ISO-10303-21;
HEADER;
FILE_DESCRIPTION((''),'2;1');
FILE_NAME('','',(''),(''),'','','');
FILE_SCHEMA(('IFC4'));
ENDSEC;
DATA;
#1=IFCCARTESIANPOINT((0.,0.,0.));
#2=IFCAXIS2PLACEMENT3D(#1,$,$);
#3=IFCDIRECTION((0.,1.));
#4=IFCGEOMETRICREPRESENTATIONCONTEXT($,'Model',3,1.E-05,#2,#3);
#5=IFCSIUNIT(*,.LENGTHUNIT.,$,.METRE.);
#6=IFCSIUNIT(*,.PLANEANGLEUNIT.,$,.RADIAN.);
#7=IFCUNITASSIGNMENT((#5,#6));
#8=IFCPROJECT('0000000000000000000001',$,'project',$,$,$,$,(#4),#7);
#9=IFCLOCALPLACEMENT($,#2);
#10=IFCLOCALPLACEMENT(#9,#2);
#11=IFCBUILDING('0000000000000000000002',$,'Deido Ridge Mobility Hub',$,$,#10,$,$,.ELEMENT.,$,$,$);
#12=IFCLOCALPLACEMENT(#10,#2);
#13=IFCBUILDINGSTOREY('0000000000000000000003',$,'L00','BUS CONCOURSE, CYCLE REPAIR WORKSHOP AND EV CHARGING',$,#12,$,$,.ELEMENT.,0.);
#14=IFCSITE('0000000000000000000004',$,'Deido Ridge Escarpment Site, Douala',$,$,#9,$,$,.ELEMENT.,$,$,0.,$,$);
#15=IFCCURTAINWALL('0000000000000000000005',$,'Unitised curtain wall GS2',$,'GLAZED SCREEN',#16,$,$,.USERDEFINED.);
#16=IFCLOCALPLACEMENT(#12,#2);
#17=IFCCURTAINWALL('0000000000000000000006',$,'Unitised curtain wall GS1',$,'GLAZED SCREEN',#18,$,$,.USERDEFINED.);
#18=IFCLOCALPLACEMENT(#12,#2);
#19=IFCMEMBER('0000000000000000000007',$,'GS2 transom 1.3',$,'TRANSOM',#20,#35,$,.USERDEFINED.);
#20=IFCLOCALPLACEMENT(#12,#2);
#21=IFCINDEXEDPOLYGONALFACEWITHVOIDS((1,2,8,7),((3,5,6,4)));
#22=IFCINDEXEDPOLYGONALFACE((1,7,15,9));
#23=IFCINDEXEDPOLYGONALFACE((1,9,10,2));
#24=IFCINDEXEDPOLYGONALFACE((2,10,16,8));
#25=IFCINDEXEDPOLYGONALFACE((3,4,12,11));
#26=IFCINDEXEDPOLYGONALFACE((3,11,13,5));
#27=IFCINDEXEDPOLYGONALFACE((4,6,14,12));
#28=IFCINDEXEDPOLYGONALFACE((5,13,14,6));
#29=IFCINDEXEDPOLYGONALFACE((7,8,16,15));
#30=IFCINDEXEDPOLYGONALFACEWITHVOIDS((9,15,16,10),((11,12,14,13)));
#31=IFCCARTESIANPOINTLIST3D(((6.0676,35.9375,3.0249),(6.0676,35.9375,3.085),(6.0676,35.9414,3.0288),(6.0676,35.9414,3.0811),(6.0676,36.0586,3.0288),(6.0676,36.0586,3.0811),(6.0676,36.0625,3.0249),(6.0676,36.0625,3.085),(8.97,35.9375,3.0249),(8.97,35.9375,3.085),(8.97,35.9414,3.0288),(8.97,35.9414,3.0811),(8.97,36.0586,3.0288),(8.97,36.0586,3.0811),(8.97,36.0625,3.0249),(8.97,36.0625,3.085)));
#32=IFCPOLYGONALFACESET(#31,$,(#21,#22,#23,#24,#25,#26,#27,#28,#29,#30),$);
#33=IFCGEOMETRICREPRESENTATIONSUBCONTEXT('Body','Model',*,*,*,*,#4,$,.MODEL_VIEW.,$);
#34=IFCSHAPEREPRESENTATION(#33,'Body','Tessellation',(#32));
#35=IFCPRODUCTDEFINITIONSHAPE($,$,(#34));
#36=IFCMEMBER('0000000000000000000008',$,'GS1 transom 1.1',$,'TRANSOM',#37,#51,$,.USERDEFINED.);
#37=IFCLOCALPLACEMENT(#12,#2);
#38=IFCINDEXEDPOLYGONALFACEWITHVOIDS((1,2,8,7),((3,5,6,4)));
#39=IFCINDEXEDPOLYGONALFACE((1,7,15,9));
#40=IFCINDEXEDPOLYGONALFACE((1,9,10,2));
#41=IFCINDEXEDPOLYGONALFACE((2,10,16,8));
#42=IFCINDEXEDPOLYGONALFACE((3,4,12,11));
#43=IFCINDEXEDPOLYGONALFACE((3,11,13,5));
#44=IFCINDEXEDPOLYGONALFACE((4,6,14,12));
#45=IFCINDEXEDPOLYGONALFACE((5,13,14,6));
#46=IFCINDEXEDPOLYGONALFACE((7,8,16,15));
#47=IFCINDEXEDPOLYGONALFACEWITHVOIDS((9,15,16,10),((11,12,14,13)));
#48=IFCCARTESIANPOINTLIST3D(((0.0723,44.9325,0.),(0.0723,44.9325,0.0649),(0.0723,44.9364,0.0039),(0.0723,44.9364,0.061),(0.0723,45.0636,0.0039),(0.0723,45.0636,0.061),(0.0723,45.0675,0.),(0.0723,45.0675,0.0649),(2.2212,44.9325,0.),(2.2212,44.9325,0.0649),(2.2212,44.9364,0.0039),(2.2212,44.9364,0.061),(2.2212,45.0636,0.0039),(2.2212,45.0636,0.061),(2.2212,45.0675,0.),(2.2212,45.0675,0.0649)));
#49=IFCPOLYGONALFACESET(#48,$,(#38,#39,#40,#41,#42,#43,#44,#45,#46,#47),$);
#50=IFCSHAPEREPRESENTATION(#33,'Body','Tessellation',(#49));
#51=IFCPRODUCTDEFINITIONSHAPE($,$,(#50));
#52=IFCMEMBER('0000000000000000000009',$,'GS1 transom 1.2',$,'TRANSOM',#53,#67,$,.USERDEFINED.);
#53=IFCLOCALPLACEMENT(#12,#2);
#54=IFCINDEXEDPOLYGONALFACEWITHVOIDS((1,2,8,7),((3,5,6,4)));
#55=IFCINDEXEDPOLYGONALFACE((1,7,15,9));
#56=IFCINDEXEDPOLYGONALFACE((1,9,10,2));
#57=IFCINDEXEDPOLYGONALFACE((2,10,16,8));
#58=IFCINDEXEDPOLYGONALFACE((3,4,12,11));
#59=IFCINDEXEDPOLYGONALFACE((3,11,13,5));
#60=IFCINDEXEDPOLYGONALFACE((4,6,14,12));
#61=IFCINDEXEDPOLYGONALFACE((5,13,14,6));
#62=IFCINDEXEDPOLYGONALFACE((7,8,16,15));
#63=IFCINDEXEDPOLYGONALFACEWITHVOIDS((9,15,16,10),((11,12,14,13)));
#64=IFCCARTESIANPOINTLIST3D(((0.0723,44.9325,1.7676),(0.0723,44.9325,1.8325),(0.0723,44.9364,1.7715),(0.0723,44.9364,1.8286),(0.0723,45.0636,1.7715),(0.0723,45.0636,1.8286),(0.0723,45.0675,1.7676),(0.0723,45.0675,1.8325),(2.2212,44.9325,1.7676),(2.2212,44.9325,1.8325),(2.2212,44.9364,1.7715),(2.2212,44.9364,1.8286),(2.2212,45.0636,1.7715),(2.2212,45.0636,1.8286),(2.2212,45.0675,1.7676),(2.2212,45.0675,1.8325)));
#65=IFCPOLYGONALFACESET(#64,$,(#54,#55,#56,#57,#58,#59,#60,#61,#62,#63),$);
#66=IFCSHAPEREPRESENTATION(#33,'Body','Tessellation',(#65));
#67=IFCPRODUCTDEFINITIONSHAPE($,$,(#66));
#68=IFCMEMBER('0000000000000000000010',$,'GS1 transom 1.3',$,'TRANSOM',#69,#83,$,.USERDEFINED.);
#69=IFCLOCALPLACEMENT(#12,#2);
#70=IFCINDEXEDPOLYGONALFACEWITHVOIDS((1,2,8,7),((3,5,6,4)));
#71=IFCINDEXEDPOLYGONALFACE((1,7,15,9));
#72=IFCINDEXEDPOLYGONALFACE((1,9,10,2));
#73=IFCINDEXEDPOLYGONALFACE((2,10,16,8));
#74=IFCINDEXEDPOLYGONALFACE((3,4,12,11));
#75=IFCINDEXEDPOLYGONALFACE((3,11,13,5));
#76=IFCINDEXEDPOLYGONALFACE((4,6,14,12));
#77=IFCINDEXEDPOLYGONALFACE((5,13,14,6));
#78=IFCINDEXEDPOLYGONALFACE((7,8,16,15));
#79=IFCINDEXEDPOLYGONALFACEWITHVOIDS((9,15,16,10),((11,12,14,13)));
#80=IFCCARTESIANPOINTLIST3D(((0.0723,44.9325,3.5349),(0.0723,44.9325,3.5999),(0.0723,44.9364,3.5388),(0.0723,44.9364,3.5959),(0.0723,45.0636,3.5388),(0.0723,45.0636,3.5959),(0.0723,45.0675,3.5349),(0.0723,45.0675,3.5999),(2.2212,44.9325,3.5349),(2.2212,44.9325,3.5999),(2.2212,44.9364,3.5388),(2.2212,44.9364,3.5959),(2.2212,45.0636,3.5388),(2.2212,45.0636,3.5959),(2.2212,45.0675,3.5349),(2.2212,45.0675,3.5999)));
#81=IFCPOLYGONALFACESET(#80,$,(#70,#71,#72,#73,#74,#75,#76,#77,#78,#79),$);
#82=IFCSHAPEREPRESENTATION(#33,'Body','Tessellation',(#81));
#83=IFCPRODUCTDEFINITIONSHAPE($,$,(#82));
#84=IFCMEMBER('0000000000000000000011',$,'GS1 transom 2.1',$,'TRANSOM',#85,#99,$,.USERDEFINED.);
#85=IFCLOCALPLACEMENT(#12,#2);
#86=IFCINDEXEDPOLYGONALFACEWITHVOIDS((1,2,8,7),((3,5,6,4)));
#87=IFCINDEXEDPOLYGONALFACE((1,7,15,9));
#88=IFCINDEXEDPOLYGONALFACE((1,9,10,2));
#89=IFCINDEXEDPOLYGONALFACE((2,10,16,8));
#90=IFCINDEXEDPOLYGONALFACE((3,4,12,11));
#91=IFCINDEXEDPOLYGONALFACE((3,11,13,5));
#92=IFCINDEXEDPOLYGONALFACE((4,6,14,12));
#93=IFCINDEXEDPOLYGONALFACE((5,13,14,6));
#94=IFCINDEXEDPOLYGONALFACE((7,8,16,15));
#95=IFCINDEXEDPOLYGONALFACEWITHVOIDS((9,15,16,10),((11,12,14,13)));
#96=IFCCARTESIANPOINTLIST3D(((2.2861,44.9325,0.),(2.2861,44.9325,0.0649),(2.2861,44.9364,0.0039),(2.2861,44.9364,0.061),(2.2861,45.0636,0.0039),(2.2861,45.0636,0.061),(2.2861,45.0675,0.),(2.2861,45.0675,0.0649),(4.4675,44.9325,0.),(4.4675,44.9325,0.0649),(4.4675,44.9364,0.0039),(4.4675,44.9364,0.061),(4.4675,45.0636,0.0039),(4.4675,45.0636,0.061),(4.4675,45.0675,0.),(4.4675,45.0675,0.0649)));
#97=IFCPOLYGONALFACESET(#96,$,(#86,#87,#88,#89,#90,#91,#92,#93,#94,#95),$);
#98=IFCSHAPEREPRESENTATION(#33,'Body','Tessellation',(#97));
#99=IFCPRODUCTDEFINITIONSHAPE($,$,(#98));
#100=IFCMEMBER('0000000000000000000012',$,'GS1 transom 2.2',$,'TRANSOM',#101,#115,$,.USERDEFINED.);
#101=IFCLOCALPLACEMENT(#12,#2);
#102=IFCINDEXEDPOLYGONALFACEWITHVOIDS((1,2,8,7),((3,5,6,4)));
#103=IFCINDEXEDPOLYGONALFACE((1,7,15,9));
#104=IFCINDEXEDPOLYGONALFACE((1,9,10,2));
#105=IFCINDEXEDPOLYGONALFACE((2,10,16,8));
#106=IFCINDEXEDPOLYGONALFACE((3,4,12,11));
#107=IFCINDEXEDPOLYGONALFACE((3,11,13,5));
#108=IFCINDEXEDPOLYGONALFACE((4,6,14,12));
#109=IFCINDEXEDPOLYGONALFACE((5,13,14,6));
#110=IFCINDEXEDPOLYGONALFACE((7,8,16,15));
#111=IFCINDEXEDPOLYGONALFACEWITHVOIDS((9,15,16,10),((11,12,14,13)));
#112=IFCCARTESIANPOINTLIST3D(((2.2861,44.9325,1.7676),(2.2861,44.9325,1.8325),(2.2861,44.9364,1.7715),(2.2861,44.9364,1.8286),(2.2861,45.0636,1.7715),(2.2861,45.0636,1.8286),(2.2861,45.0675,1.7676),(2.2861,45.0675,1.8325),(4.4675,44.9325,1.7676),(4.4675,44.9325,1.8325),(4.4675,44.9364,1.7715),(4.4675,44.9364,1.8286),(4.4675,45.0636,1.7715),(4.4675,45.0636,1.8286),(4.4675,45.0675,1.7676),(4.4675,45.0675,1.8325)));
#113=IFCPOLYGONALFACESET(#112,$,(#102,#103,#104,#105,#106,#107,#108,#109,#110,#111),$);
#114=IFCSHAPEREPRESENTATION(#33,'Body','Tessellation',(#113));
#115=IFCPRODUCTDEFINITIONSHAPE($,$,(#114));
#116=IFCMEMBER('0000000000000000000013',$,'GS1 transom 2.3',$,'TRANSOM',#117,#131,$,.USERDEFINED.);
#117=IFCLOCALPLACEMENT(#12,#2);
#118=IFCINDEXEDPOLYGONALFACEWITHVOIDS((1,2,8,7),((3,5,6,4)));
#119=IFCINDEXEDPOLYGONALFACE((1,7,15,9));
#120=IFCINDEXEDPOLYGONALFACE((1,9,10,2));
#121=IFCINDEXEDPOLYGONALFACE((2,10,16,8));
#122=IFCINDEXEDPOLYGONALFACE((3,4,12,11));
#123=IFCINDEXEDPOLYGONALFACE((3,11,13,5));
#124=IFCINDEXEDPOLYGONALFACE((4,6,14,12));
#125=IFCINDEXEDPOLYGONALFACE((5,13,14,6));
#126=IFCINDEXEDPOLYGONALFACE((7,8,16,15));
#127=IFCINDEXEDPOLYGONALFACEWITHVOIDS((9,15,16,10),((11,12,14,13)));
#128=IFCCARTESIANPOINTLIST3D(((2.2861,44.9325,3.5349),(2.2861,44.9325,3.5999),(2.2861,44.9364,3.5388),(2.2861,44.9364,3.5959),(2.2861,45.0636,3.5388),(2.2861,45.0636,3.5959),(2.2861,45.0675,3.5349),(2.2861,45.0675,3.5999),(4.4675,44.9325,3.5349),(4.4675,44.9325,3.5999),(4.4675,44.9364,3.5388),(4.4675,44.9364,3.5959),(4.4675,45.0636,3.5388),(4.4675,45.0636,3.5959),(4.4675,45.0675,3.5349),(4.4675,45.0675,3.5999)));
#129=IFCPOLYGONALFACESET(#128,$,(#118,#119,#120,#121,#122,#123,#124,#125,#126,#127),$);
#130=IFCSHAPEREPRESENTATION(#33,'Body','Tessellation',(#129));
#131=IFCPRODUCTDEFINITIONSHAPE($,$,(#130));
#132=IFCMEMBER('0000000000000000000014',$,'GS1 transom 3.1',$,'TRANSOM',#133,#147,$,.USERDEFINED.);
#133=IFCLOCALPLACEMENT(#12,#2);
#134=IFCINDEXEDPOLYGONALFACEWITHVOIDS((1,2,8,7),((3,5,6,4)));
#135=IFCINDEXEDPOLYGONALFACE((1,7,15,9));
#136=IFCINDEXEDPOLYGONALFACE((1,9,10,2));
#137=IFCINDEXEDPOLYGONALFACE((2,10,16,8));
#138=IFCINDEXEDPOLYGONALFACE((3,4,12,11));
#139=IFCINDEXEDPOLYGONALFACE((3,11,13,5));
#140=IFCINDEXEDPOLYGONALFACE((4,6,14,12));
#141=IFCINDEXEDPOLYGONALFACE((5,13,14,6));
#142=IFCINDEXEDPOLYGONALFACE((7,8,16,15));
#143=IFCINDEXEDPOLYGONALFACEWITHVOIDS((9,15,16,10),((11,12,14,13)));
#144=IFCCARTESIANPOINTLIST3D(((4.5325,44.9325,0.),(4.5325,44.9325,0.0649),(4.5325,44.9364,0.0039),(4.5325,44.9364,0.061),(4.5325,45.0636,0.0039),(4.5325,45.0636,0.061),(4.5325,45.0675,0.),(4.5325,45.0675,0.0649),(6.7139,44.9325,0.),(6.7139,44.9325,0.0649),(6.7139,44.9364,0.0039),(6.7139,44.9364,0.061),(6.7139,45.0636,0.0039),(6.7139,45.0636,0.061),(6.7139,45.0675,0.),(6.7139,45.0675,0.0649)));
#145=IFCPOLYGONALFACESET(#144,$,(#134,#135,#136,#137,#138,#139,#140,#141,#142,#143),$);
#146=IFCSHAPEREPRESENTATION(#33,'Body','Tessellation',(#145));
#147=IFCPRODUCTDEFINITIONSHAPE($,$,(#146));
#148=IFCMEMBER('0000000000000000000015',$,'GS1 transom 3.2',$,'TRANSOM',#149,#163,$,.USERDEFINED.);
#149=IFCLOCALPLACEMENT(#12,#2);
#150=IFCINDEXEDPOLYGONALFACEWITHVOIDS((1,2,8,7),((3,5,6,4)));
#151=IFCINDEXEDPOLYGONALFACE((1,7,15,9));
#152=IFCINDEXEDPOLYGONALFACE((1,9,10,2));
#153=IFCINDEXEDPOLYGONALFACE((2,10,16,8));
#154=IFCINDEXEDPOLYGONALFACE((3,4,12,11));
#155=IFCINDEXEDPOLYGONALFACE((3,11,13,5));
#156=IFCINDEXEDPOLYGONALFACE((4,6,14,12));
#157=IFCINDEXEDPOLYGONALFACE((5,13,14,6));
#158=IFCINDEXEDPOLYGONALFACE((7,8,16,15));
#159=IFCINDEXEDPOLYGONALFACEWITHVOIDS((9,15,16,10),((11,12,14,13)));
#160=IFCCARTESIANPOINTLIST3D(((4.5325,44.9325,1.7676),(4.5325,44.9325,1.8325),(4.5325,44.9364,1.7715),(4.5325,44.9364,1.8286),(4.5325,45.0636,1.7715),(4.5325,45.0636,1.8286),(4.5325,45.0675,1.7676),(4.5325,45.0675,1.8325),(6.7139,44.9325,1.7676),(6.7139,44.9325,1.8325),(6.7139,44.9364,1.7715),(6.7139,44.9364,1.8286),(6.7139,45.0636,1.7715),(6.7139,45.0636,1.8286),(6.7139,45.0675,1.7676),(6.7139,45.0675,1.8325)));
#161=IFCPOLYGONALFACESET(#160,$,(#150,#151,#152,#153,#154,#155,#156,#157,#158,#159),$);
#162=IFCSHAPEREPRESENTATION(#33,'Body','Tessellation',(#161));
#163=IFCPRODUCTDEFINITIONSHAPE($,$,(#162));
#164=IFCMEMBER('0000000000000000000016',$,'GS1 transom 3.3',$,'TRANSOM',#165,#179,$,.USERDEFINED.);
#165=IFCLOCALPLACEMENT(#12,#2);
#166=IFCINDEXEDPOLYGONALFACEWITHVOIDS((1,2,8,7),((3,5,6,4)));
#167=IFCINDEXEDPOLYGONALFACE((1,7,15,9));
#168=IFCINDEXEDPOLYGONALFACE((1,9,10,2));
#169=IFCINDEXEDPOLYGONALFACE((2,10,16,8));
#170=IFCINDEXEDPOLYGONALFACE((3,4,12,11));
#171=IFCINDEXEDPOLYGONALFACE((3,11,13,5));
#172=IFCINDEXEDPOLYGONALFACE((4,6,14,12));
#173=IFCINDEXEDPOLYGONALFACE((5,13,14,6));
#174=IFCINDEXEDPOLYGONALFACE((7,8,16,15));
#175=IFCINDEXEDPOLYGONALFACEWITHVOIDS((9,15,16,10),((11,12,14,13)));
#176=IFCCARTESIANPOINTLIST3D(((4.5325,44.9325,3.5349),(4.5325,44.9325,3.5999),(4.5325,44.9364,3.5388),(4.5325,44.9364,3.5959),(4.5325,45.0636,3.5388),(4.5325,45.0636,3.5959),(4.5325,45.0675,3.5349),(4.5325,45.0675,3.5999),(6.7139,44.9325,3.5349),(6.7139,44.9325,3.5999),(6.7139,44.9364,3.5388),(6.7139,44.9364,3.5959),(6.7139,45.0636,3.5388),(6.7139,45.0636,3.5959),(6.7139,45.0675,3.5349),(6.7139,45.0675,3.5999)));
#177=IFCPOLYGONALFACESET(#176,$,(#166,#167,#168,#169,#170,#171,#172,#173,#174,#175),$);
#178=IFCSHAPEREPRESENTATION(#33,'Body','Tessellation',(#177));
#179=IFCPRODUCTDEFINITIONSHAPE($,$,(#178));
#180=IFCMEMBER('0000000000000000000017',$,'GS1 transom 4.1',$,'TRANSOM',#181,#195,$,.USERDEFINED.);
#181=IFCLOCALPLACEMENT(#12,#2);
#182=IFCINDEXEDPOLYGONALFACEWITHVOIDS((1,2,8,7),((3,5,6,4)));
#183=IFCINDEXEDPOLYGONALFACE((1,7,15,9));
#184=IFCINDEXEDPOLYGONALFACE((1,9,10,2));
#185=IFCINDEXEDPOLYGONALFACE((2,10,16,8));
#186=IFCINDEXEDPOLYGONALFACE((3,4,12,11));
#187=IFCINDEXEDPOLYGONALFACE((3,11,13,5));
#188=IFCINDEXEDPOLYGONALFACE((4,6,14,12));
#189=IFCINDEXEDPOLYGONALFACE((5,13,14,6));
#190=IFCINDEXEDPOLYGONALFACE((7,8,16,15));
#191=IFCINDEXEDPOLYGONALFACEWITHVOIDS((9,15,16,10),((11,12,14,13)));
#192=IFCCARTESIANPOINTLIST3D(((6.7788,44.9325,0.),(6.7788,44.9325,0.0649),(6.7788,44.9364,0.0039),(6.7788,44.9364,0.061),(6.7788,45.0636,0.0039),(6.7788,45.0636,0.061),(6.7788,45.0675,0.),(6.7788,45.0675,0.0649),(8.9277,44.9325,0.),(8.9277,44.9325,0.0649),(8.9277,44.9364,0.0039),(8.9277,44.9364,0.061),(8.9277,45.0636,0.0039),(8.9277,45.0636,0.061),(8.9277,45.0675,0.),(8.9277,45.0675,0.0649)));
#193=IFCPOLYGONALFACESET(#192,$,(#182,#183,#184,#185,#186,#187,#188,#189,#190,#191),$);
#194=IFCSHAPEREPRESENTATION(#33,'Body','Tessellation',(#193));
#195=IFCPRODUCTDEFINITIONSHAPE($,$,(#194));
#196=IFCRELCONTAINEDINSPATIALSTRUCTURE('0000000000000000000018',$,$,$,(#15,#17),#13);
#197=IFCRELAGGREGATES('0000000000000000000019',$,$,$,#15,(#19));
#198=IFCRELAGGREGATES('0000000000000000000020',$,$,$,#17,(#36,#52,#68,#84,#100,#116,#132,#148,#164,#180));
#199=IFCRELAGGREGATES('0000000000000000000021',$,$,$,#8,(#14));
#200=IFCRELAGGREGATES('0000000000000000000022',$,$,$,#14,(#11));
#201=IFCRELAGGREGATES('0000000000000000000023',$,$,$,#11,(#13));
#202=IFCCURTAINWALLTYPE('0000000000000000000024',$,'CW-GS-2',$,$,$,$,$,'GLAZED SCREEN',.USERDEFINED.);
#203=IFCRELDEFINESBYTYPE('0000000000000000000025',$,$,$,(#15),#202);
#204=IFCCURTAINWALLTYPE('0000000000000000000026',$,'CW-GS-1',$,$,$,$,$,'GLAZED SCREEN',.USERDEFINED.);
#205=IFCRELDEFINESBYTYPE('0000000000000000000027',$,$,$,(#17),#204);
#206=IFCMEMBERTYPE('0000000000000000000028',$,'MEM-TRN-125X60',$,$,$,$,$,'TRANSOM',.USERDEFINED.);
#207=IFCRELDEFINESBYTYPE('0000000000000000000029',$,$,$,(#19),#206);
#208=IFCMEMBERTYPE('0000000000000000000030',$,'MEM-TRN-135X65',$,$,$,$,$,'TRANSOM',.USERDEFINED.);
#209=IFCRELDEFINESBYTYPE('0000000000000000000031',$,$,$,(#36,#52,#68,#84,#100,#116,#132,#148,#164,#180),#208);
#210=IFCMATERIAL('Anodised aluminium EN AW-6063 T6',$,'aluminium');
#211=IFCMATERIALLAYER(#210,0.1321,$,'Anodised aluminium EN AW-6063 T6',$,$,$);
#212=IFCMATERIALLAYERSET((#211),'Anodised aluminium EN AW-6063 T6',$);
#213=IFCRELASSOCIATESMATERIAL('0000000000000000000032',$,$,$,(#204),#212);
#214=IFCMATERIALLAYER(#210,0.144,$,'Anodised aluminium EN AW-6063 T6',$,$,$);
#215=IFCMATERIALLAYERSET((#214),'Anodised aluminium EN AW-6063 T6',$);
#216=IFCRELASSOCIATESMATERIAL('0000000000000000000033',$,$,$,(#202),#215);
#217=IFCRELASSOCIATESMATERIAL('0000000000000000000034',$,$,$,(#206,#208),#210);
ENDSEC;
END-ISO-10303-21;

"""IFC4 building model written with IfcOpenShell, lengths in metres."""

from ifc_helpers import new_model, si_unit, direction, frame, origin, origin_2d, place, context, subcontext, project, spatial, hollow_rectangle, extrude, material, layer, layer_set, material_profile, profile_set, type_object, element, aggregate, save


model = new_model("IFC4")

# Units and contexts
model_context = context("Model", 3, precision=1e-05, world=origin(), true_north=direction((0.0, 1.0)))
body_context = subcontext(model_context, "Body", "Model", "MODEL_VIEW")
ifc_project = project(units=[si_unit("LENGTHUNIT", "METRE"), si_unit("PLANEANGLEUNIT", "RADIAN")], contexts=[model_context])

# Site, building, storey
site_placement = place(None, origin())
site = spatial("IfcSite", under=ifc_project, at=site_placement, Name="Deido Ridge Escarpment Site, Douala", CompositionType="ELEMENT", RefElevation=0.0)
building_placement = place(site_placement, origin())
building = spatial("IfcBuilding", under=site, at=building_placement, Name="Deido Ridge Mobility Hub", CompositionType="ELEMENT")
storey_placement = place(building_placement, origin())
storey = spatial("IfcBuildingStorey", under=building, at=storey_placement, Name="L00", Description="BUS CONCOURSE, CYCLE REPAIR WORKSHOP AND EV CHARGING", CompositionType="ELEMENT", Elevation=0.0)

# Shared definitions
ifc_material_1 = material(Name="Anodised aluminium EN AW-6063 T6", Category="aluminium")
ifc_layer_1 = layer(ifc_material_1, 0.1321, Name="Anodised aluminium EN AW-6063 T6")
ifc_layer_set_1 = layer_set([ifc_layer_1], Name="Anodised aluminium EN AW-6063 T6")
curtain_wall_type_1 = type_object("IfcCurtainWallType", Name="CW-GS-1", ElementType="GLAZED SCREEN", PredefinedType="USERDEFINED", material=ifc_layer_set_1)

# Curtain walls
ifc_layer_2 = layer(ifc_material_1, 0.144, Name="Anodised aluminium EN AW-6063 T6")
ifc_layer_set_2 = layer_set([ifc_layer_2], Name="Anodised aluminium EN AW-6063 T6")
curtain_wall_type_2 = type_object("IfcCurtainWallType", Name="CW-GS-2", ElementType="GLAZED SCREEN", PredefinedType="USERDEFINED", material=ifc_layer_set_2)
curtain_wall_1_placement = place(storey_placement, origin())
curtain_wall_1 = element("IfcCurtainWall", 1, at=curtain_wall_1_placement, inside=storey, type_object=curtain_wall_type_2, Name="Unitised curtain wall GS2", ObjectType="GLAZED SCREEN", PredefinedType="USERDEFINED")
curtain_wall_2_placement = place(storey_placement, origin())
curtain_wall_2 = element("IfcCurtainWall", 2, at=curtain_wall_2_placement, inside=storey, type_object=curtain_wall_type_1, Name="Unitised curtain wall GS1", ObjectType="GLAZED SCREEN", PredefinedType="USERDEFINED")

# Members
ifc_material_profile_1 = material_profile(ifc_material_1, hollow_rectangle(XDim=0.125, YDim=0.0601, WallThickness=0.0039, at=origin_2d()), Name="RHS 125x60x4")
ifc_profile_set_1 = profile_set([ifc_material_profile_1], Name="Anodised aluminium EN AW-6063 T6")
member_type_1 = type_object("IfcMemberType", Name="MEM-TRN-125X60", ElementType="TRANSOM", PredefinedType="USERDEFINED", material=ifc_profile_set_1)
member_1_placement = place(storey_placement, frame((6.0676, 36.0, 3.0549), z_axis=(1.0, 0.0, 0.0), x_axis=(0.0, 1.0, 0.0)))
member_1 = element("IfcMember", 3, at=member_1_placement, type_object=member_type_1, Name="GS2 transom 1.3", ObjectType="TRANSOM", PredefinedType="USERDEFINED", context=body_context, shape_type="SweptSolid", body=[
    extrude(hollow_rectangle(XDim=0.125, YDim=0.0601, WallThickness=0.0039, at=origin_2d()), origin(), (0.0, 0.0, 1.0), 2.9023),
])
ifc_material_profile_2 = material_profile(ifc_material_1, hollow_rectangle(XDim=0.135, YDim=0.0649, WallThickness=0.0039, at=origin_2d()), Name="RHS 135x65x4")
ifc_profile_set_2 = profile_set([ifc_material_profile_2], Name="Anodised aluminium EN AW-6063 T6")
member_type_2 = type_object("IfcMemberType", Name="MEM-TRN-135X65", ElementType="TRANSOM", PredefinedType="USERDEFINED", material=ifc_profile_set_2)
member_2_placement = place(storey_placement, frame((0.0723, 45.0, 0.0325), z_axis=(1.0, 0.0, 0.0), x_axis=(0.0, 1.0, 0.0)))
member_2 = element("IfcMember", 4, at=member_2_placement, type_object=member_type_2, Name="GS1 transom 1.1", ObjectType="TRANSOM", PredefinedType="USERDEFINED", context=body_context, shape_type="SweptSolid", body=[
    extrude(hollow_rectangle(XDim=0.135, YDim=0.0649, WallThickness=0.0039, at=origin_2d()), origin(), (0.0, 0.0, 1.0), 2.1489),
])
member_3_placement = place(storey_placement, frame((0.0723, 45.0, 1.8), z_axis=(1.0, 0.0, 0.0), x_axis=(0.0, 1.0, 0.0)))
member_3 = element("IfcMember", 5, at=member_3_placement, type_object=member_type_2, Name="GS1 transom 1.2", ObjectType="TRANSOM", PredefinedType="USERDEFINED", context=body_context, shape_type="SweptSolid", body=[
    extrude(hollow_rectangle(XDim=0.135, YDim=0.0649, WallThickness=0.0039, at=origin_2d()), origin(), (0.0, 0.0, 1.0), 2.1489),
])
member_4_placement = place(storey_placement, frame((0.0723, 45.0, 3.5674), z_axis=(1.0, 0.0, 0.0), x_axis=(0.0, 1.0, 0.0)))
member_4 = element("IfcMember", 6, at=member_4_placement, type_object=member_type_2, Name="GS1 transom 1.3", ObjectType="TRANSOM", PredefinedType="USERDEFINED", context=body_context, shape_type="SweptSolid", body=[
    extrude(hollow_rectangle(XDim=0.135, YDim=0.0649, WallThickness=0.0039, at=origin_2d()), origin(), (0.0, 0.0, 1.0), 2.1489),
])
member_5_placement = place(storey_placement, frame((2.2861, 45.0, 0.0325), z_axis=(1.0, 0.0, 0.0), x_axis=(0.0, 1.0, 0.0)))
member_5 = element("IfcMember", 7, at=member_5_placement, type_object=member_type_2, Name="GS1 transom 2.1", ObjectType="TRANSOM", PredefinedType="USERDEFINED", context=body_context, shape_type="SweptSolid", body=[
    extrude(hollow_rectangle(XDim=0.135, YDim=0.0649, WallThickness=0.0039, at=origin_2d()), origin(), (0.0, 0.0, 1.0), 2.1814),
])
member_6_placement = place(storey_placement, frame((2.2861, 45.0, 1.8), z_axis=(1.0, 0.0, 0.0), x_axis=(0.0, 1.0, 0.0)))
member_6 = element("IfcMember", 8, at=member_6_placement, type_object=member_type_2, Name="GS1 transom 2.2", ObjectType="TRANSOM", PredefinedType="USERDEFINED", context=body_context, shape_type="SweptSolid", body=[
    extrude(hollow_rectangle(XDim=0.135, YDim=0.0649, WallThickness=0.0039, at=origin_2d()), origin(), (0.0, 0.0, 1.0), 2.1814),
])
member_7_placement = place(storey_placement, frame((2.2861, 45.0, 3.5674), z_axis=(1.0, 0.0, 0.0), x_axis=(0.0, 1.0, 0.0)))
member_7 = element("IfcMember", 9, at=member_7_placement, type_object=member_type_2, Name="GS1 transom 2.3", ObjectType="TRANSOM", PredefinedType="USERDEFINED", context=body_context, shape_type="SweptSolid", body=[
    extrude(hollow_rectangle(XDim=0.135, YDim=0.0649, WallThickness=0.0039, at=origin_2d()), origin(), (0.0, 0.0, 1.0), 2.1814),
])
member_8_placement = place(storey_placement, frame((4.5325, 45.0, 0.0325), z_axis=(1.0, 0.0, 0.0), x_axis=(0.0, 1.0, 0.0)))
member_8 = element("IfcMember", 10, at=member_8_placement, type_object=member_type_2, Name="GS1 transom 3.1", ObjectType="TRANSOM", PredefinedType="USERDEFINED", context=body_context, shape_type="SweptSolid", body=[
    extrude(hollow_rectangle(XDim=0.135, YDim=0.0649, WallThickness=0.0039, at=origin_2d()), origin(), (0.0, 0.0, 1.0), 2.1814),
])
member_9_placement = place(storey_placement, frame((4.5325, 45.0, 1.8), z_axis=(1.0, 0.0, 0.0), x_axis=(0.0, 1.0, 0.0)))
member_9 = element("IfcMember", 11, at=member_9_placement, type_object=member_type_2, Name="GS1 transom 3.2", ObjectType="TRANSOM", PredefinedType="USERDEFINED", context=body_context, shape_type="SweptSolid", body=[
    extrude(hollow_rectangle(XDim=0.135, YDim=0.0649, WallThickness=0.0039, at=origin_2d()), origin(), (0.0, 0.0, 1.0), 2.1814),
])
member_10_placement = place(storey_placement, frame((4.5325, 45.0, 3.5674), z_axis=(1.0, 0.0, 0.0), x_axis=(0.0, 1.0, 0.0)))
member_10 = element("IfcMember", 12, at=member_10_placement, type_object=member_type_2, Name="GS1 transom 3.3", ObjectType="TRANSOM", PredefinedType="USERDEFINED", context=body_context, shape_type="SweptSolid", body=[
    extrude(hollow_rectangle(XDim=0.135, YDim=0.0649, WallThickness=0.0039, at=origin_2d()), origin(), (0.0, 0.0, 1.0), 2.1814),
])
member_11_placement = place(storey_placement, frame((6.7788, 45.0, 0.0325), z_axis=(1.0, 0.0, 0.0), x_axis=(0.0, 1.0, 0.0)))
member_11 = element("IfcMember", 13, at=member_11_placement, type_object=member_type_2, Name="GS1 transom 4.1", ObjectType="TRANSOM", PredefinedType="USERDEFINED", context=body_context, shape_type="SweptSolid", body=[
    extrude(hollow_rectangle(XDim=0.135, YDim=0.0649, WallThickness=0.0039, at=origin_2d()), origin(), (0.0, 0.0, 1.0), 2.1489),
])

aggregate(curtain_wall_1, [member_1])
aggregate(curtain_wall_2, [member_2, member_3, member_4, member_5, member_6, member_7, member_8, member_9, member_10, member_11])

save(model, "model.ifc")
